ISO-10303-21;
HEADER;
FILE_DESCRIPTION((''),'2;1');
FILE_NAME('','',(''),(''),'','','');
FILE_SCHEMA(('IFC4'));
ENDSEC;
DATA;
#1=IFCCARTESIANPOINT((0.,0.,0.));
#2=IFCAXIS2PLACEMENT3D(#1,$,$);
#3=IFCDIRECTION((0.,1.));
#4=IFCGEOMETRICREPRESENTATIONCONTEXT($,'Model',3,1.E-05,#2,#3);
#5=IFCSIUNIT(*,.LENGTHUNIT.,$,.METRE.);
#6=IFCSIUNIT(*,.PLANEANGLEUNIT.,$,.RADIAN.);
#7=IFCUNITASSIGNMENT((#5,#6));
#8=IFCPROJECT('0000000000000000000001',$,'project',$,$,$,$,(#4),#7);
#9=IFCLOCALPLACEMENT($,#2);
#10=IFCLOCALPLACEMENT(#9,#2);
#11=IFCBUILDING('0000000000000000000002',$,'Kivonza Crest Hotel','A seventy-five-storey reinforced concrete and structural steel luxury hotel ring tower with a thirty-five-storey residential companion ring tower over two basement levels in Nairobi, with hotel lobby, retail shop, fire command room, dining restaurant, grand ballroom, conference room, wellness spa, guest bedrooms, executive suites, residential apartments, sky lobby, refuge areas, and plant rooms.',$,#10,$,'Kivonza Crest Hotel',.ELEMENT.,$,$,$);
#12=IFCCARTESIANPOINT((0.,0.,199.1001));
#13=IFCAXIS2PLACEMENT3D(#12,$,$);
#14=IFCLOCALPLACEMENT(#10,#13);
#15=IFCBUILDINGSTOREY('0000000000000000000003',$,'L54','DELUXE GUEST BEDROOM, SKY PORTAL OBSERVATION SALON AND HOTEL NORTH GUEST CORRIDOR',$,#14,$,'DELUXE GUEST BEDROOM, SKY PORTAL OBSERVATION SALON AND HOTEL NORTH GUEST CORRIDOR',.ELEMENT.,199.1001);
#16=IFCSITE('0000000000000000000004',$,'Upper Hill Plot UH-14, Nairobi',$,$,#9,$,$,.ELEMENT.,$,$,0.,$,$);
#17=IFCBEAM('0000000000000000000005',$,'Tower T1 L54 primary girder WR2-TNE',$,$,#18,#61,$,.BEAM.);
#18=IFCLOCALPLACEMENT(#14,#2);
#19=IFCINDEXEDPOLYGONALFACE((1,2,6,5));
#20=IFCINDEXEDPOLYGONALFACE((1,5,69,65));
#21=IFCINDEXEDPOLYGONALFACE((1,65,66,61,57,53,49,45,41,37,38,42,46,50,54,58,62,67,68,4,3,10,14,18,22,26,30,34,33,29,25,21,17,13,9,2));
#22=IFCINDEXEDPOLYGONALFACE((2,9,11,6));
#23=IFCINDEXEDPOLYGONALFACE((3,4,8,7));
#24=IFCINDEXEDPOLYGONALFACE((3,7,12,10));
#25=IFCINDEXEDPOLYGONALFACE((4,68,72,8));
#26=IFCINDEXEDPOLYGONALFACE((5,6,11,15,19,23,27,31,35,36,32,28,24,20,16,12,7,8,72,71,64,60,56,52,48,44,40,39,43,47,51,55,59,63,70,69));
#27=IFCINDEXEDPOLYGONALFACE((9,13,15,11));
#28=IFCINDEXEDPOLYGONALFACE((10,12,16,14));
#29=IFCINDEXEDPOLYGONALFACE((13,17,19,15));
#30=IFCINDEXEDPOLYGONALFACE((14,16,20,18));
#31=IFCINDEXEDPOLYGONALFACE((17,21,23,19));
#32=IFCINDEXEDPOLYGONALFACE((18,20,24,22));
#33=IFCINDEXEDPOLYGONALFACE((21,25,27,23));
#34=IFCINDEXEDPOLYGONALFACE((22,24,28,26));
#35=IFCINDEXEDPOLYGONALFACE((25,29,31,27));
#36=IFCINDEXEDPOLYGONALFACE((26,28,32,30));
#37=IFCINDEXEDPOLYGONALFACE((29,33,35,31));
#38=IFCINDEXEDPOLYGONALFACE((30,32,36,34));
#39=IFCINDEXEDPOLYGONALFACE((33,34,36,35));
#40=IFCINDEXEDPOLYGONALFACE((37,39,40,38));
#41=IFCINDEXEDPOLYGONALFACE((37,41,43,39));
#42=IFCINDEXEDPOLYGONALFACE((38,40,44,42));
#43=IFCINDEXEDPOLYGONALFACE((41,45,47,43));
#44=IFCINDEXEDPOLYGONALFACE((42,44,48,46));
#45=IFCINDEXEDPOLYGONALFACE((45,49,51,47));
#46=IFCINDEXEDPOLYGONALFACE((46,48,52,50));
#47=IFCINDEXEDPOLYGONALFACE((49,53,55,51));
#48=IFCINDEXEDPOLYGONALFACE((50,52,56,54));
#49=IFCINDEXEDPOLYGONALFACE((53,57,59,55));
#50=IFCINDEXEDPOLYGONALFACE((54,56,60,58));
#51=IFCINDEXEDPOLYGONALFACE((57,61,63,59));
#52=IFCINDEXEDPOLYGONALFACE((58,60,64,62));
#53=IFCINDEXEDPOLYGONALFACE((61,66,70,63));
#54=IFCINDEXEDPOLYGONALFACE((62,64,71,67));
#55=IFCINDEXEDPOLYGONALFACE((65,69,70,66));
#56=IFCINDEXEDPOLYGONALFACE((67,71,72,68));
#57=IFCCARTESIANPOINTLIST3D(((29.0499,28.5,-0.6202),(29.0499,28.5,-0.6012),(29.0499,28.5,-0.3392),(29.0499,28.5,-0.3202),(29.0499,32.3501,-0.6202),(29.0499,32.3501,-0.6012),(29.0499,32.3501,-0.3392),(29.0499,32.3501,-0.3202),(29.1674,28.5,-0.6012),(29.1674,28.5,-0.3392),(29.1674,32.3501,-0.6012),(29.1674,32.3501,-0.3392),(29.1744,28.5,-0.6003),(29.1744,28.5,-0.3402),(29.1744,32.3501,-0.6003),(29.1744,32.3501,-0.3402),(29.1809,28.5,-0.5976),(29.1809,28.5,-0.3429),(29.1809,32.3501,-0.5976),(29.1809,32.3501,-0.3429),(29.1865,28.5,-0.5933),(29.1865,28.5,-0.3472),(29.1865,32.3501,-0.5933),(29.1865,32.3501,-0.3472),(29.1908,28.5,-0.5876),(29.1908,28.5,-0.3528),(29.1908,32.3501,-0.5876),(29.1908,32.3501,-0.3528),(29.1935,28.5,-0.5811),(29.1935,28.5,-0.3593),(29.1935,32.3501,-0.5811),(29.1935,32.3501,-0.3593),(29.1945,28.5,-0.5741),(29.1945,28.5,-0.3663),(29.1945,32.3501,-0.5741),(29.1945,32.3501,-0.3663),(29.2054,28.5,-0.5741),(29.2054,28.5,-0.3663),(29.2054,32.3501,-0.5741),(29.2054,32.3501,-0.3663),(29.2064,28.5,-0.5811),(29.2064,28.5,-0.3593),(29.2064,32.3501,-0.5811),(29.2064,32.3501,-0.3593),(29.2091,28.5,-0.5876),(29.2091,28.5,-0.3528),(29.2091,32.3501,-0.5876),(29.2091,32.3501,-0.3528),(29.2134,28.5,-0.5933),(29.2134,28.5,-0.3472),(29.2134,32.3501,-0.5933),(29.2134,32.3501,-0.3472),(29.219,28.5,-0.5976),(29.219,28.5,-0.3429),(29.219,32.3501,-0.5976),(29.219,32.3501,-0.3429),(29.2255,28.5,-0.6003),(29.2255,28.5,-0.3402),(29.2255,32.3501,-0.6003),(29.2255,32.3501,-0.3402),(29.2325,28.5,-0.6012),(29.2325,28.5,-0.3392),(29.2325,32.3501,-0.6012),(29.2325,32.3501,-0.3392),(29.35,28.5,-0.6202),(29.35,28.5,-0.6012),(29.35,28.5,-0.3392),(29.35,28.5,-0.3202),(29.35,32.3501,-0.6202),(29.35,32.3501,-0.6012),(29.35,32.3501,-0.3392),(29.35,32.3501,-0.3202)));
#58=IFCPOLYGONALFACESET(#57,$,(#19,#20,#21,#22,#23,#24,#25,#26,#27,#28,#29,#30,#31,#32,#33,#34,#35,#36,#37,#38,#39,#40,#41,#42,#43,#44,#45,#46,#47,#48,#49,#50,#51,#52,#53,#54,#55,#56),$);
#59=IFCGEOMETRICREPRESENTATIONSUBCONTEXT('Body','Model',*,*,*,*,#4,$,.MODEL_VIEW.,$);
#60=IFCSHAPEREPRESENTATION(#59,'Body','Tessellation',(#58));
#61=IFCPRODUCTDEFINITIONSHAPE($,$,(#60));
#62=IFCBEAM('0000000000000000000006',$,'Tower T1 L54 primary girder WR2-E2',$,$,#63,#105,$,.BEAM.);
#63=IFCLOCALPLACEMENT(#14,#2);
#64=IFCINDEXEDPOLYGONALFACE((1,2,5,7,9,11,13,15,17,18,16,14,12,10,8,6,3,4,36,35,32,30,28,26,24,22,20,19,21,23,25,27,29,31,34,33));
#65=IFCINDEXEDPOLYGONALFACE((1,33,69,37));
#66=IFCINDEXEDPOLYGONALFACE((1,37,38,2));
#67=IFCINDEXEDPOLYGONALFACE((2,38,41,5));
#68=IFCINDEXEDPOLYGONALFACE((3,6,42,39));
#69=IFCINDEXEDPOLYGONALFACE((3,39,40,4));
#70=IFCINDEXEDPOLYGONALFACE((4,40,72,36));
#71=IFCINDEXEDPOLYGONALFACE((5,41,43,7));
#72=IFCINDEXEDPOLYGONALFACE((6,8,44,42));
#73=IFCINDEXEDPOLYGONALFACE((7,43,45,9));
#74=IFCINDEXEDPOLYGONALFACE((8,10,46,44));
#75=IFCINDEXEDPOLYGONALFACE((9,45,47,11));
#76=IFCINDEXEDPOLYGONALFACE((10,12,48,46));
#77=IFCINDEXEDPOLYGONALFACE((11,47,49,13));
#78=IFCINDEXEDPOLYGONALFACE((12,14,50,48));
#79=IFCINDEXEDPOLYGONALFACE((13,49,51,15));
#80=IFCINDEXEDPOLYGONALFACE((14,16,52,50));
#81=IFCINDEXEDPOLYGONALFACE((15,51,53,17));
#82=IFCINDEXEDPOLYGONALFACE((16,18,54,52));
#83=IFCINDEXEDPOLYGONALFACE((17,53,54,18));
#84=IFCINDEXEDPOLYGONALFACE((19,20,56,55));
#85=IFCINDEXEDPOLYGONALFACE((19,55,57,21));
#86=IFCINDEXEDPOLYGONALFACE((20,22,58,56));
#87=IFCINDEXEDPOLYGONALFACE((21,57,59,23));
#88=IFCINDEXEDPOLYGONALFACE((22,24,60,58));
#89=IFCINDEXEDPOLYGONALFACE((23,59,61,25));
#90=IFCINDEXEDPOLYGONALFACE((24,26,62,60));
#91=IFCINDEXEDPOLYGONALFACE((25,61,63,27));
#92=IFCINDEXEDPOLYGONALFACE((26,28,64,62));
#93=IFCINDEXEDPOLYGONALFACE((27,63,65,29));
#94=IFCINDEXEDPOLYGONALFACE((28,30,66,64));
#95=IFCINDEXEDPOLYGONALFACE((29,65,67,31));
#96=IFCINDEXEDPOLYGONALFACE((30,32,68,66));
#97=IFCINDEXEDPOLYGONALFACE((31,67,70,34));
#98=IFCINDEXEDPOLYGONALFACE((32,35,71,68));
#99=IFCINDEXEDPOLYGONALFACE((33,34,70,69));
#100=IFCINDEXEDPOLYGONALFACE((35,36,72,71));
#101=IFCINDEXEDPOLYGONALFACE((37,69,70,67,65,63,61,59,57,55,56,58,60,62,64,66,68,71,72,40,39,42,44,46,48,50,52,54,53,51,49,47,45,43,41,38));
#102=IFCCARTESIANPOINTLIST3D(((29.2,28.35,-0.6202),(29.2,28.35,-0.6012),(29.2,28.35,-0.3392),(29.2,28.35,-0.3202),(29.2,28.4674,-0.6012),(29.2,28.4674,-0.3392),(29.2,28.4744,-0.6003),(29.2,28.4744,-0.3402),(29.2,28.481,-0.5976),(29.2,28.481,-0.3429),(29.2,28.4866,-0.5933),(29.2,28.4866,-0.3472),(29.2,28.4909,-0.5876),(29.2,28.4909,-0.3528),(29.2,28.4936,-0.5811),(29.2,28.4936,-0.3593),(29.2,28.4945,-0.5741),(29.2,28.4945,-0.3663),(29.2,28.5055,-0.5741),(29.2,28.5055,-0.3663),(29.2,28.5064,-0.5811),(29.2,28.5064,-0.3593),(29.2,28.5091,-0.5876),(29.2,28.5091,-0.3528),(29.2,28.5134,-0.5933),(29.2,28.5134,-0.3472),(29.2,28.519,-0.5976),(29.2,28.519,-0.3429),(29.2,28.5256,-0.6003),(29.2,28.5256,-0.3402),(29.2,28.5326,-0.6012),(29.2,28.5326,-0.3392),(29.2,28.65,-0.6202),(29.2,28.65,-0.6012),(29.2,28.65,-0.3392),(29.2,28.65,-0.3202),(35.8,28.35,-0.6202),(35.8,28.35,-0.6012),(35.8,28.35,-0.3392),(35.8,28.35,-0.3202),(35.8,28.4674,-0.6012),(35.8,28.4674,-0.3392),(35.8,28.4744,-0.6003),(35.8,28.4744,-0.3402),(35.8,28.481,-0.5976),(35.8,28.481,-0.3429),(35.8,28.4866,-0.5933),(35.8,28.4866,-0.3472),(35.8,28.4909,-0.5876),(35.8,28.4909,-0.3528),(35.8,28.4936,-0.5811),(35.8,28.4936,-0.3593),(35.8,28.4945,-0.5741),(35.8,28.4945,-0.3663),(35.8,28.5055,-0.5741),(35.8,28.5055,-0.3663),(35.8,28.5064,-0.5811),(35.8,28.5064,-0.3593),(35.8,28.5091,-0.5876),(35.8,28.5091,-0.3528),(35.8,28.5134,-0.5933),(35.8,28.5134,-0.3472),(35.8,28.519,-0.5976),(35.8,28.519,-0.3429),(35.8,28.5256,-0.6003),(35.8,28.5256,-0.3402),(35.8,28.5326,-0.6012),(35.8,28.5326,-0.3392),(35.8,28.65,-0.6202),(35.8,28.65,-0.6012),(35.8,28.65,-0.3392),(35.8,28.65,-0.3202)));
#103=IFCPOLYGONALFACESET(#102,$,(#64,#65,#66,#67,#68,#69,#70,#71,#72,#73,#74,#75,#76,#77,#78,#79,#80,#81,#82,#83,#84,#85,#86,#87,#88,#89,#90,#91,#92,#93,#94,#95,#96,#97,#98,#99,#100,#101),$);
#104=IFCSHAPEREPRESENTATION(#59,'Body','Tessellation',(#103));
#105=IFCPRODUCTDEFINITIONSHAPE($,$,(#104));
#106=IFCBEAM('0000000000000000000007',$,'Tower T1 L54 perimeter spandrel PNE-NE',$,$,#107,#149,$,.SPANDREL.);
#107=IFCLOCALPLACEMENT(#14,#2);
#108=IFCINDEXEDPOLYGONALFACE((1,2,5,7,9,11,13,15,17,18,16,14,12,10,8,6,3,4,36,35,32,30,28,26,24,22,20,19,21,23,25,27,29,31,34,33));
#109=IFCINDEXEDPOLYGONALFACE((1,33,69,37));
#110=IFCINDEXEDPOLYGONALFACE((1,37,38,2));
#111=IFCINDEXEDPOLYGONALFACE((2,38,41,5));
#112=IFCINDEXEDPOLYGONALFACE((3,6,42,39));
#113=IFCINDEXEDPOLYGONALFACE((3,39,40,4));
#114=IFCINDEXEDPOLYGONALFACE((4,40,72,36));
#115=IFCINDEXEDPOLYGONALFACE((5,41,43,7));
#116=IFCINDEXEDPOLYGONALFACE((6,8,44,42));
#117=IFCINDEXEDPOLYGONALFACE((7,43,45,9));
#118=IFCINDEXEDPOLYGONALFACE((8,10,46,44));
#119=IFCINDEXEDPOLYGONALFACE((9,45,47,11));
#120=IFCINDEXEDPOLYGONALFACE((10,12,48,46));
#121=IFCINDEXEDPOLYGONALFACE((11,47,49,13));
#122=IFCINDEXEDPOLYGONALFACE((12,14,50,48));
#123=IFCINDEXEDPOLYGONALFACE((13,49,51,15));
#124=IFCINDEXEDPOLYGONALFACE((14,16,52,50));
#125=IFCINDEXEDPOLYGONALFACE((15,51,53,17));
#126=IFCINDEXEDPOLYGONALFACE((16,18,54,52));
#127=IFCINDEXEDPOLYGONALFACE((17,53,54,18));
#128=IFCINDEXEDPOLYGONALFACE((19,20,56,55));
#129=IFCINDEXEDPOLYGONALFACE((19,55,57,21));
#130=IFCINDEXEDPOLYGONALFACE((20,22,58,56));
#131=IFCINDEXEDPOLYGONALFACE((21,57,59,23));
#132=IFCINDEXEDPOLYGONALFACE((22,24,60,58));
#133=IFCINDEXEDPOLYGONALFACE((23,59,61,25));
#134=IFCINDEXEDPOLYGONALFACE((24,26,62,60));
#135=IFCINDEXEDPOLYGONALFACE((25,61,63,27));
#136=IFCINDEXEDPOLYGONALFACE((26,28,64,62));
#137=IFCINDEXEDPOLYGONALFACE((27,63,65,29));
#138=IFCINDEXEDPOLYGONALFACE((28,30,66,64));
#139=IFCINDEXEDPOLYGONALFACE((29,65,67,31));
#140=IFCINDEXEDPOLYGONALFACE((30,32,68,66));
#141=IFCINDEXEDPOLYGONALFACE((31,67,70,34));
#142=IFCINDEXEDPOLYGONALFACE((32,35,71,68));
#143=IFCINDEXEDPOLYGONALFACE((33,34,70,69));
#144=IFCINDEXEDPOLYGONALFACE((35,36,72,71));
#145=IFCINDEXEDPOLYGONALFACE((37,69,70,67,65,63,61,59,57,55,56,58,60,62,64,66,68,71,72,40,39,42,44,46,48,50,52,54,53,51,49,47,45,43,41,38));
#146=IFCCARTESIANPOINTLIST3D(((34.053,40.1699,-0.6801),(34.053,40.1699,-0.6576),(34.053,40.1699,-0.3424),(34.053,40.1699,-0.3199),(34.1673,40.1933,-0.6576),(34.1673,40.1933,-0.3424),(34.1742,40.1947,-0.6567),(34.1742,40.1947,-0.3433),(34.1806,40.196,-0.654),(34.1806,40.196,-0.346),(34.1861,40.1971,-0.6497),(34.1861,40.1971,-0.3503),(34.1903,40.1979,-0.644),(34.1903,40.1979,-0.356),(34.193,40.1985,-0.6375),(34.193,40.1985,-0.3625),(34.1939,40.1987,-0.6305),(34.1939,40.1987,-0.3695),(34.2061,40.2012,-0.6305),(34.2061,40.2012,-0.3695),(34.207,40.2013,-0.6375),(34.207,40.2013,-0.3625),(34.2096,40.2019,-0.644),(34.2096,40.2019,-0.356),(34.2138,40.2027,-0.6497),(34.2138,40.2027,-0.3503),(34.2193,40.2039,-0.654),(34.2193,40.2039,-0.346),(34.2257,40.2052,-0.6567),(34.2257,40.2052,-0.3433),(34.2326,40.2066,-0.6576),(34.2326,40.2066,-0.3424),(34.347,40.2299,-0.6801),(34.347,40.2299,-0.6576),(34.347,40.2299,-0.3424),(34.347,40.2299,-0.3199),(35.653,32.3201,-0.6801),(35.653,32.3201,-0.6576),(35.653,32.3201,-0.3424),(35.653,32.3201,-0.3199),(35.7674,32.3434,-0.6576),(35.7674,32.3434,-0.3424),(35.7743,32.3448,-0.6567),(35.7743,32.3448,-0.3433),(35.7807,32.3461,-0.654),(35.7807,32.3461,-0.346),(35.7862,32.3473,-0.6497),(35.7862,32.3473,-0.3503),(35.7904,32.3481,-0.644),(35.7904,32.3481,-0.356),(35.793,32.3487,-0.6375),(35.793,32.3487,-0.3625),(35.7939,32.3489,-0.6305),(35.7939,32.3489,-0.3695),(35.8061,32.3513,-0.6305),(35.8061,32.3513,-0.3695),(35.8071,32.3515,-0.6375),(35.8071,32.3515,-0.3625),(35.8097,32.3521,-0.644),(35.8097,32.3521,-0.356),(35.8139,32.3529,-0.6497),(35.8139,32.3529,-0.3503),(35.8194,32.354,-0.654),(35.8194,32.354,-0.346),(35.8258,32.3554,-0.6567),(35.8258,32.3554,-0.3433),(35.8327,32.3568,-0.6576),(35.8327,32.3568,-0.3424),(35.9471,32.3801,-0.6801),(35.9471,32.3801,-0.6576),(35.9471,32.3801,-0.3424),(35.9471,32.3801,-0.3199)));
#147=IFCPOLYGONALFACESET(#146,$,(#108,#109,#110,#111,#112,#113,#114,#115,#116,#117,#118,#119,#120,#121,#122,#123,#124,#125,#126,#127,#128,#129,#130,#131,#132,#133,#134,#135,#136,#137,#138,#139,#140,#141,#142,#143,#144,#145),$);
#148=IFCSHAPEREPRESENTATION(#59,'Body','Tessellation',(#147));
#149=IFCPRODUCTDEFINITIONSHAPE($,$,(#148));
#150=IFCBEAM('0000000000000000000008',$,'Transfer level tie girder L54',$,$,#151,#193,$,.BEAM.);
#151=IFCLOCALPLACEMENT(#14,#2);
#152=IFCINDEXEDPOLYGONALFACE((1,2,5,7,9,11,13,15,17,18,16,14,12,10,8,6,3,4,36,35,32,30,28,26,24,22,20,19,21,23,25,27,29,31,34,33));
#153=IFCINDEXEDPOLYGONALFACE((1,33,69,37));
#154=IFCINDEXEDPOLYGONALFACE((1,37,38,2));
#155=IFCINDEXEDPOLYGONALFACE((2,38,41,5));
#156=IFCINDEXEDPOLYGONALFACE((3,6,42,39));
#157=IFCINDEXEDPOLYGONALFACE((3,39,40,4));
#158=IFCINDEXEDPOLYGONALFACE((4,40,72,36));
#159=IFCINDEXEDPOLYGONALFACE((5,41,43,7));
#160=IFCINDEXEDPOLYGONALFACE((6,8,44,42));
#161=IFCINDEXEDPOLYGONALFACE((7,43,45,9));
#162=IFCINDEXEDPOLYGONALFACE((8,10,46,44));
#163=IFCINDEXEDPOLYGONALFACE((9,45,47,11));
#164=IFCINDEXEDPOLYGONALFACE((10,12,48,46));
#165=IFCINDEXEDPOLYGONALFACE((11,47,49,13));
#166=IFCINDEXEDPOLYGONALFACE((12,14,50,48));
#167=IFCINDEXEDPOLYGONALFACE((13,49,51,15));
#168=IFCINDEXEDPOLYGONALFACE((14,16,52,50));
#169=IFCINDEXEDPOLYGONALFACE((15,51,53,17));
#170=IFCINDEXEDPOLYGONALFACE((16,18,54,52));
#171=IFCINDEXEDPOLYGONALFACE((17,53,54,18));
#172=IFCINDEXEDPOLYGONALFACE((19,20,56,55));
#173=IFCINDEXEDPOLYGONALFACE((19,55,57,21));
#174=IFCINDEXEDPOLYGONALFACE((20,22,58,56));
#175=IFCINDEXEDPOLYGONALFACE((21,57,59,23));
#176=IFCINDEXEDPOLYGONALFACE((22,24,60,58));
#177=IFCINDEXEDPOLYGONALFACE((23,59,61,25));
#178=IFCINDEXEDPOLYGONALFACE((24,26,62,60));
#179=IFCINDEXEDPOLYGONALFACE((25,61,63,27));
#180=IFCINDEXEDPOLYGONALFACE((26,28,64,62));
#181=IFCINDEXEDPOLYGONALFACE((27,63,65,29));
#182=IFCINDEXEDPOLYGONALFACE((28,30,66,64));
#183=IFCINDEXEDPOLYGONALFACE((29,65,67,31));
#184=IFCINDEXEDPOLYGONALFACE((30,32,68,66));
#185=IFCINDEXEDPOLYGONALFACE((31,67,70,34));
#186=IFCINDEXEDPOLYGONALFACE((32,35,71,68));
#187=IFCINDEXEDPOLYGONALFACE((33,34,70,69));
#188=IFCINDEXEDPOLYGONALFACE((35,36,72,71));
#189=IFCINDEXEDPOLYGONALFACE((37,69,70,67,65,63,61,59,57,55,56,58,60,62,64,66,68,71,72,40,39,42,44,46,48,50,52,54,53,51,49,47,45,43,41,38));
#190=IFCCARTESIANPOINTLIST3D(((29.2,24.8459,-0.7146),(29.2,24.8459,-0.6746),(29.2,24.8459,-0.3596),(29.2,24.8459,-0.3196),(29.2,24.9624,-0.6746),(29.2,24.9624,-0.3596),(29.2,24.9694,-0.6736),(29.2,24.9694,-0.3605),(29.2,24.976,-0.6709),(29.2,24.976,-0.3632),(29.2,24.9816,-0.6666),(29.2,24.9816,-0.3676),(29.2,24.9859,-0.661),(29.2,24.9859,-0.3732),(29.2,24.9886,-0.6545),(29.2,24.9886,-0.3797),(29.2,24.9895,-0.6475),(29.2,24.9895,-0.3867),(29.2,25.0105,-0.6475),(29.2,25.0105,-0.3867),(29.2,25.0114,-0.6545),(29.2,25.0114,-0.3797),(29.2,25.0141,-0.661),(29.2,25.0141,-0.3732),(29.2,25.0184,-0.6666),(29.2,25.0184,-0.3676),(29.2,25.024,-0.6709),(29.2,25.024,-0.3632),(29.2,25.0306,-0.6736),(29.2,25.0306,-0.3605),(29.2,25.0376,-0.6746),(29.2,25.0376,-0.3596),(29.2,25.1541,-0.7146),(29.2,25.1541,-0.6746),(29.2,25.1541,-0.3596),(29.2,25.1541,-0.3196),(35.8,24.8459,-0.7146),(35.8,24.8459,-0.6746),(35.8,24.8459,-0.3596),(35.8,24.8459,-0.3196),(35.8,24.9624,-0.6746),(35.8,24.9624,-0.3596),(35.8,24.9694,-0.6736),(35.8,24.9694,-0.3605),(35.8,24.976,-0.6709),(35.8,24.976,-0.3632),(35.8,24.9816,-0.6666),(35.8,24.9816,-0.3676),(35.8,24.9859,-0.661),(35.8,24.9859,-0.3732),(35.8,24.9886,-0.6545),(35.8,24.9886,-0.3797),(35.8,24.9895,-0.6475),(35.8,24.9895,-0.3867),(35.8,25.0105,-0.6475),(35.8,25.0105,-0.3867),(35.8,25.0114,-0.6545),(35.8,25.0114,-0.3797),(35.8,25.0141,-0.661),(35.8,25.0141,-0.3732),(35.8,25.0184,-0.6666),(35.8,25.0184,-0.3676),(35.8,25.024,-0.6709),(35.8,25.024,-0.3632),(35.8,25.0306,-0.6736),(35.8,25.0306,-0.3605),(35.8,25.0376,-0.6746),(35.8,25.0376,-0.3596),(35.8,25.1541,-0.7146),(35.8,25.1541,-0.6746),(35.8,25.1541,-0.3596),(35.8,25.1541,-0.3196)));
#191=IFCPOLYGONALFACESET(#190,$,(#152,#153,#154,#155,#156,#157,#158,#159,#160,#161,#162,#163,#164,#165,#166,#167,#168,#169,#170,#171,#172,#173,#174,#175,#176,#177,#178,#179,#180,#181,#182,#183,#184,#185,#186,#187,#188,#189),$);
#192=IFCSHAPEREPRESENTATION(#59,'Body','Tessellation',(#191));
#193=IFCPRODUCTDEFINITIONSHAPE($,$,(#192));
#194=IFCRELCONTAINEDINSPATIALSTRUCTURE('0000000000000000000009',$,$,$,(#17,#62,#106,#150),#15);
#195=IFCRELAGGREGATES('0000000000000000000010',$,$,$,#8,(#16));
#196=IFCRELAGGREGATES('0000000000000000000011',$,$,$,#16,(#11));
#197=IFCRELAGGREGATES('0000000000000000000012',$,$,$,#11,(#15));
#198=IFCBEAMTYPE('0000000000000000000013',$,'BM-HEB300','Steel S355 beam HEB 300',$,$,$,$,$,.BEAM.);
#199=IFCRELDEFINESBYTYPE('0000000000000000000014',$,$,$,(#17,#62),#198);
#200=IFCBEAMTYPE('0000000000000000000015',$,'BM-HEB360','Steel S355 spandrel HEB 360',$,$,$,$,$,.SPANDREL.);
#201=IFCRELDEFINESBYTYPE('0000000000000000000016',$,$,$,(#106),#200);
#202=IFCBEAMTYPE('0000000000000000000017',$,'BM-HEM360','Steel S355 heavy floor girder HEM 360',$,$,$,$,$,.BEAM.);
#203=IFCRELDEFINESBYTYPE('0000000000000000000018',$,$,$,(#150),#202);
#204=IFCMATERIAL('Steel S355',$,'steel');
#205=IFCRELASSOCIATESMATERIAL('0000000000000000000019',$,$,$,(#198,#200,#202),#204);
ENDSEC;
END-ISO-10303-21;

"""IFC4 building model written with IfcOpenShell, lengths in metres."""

from ifc_helpers import new_model, si_unit, direction, frame, origin, origin_2d, place, context, subcontext, project, spatial, i_section, extrude, material, material_profile, profile_set, type_object, element, save


model = new_model("IFC4")

# Units and contexts
model_context = context("Model", 3, precision=1e-05, world=origin(), true_north=direction((0.0, 1.0)))
body_context = subcontext(model_context, "Body", "Model", "MODEL_VIEW")
ifc_project = project(units=[si_unit("LENGTHUNIT", "METRE"), si_unit("PLANEANGLEUNIT", "RADIAN")], contexts=[model_context])

# Site, building, storey
site_placement = place(None, origin())
site = spatial("IfcSite", under=ifc_project, at=site_placement, Name="Upper Hill Plot UH-14, Nairobi", CompositionType="ELEMENT", RefElevation=0.0)
building_placement = place(site_placement, origin())
building = spatial("IfcBuilding", under=site, at=building_placement, Name="Kivonza Crest Hotel", Description="A seventy-five-storey reinforced concrete and structural steel luxury hotel ring tower with a thirty-five-storey residential companion ring tower over two basement levels in Nairobi, with hotel lobby, retail shop, fire command room, dining restaurant, grand ballroom, conference room, wellness spa, guest bedrooms, executive suites, residential apartments, sky lobby, refuge areas, and plant rooms.", LongName="Kivonza Crest Hotel", CompositionType="ELEMENT")
storey_placement = place(building_placement, frame((0.0, 0.0, 199.1001)))
storey = spatial("IfcBuildingStorey", under=building, at=storey_placement, Name="L54", Description="DELUXE GUEST BEDROOM, SKY PORTAL OBSERVATION SALON AND HOTEL NORTH GUEST CORRIDOR", LongName="DELUXE GUEST BEDROOM, SKY PORTAL OBSERVATION SALON AND HOTEL NORTH GUEST CORRIDOR", CompositionType="ELEMENT", Elevation=199.1001)

# Shared definitions
ifc_material_1 = material(Name="Steel S355", Category="steel")

# Beams
ifc_material_profile_1 = material_profile(ifc_material_1, i_section(OverallWidth=0.3, OverallDepth=0.3, WebThickness=0.011, FlangeThickness=0.019, FilletRadius=0.0271, at=origin_2d()), Name="HEB 300")
ifc_profile_set_1 = profile_set([ifc_material_profile_1], Name="Steel S355")
beam_type_1 = type_object("IfcBeamType", Name="BM-HEB300", Description="Steel S355 beam HEB 300", PredefinedType="BEAM", material=ifc_profile_set_1)
beam_1_placement = place(storey_placement, frame((29.2, 28.5, -0.4702), z_axis=(0.0, 1.0, 0.0), x_axis=(-1.0, 0.0, 0.0)))
element("IfcBeam", 1, at=beam_1_placement, inside=storey, type_object=beam_type_1, Name="Tower T1 L54 primary girder WR2-TNE", PredefinedType="BEAM", context=body_context, shape_type="SweptSolid", body=[
    extrude(i_section(OverallWidth=0.3, OverallDepth=0.3, WebThickness=0.011, FlangeThickness=0.019, FilletRadius=0.0271, at=origin_2d()), origin(), (0.0, 0.0, 1.0), 3.8501),
])
beam_2_placement = place(storey_placement, frame((29.2, 28.5, -0.4702), z_axis=(1.0, 0.0, 0.0), x_axis=(0.0, 1.0, 0.0)))
element("IfcBeam", 2, at=beam_2_placement, inside=storey, type_object=beam_type_1, Name="Tower T1 L54 primary girder WR2-E2", PredefinedType="BEAM", context=body_context, shape_type="SweptSolid", body=[
    extrude(i_section(OverallWidth=0.3, OverallDepth=0.3, WebThickness=0.011, FlangeThickness=0.019, FilletRadius=0.0271, at=origin_2d()), origin(), (0.0, 0.0, 1.0), 6.6001),
])
ifc_material_profile_2 = material_profile(ifc_material_1, i_section(OverallWidth=0.3, OverallDepth=0.3601, WebThickness=0.0125, FlangeThickness=0.0225, FilletRadius=0.0271, at=origin_2d()), Name="HEB 360")
ifc_profile_set_2 = profile_set([ifc_material_profile_2], Name="Steel S355")
beam_type_2 = type_object("IfcBeamType", Name="BM-HEB360", Description="Steel S355 spandrel HEB 360", PredefinedType="SPANDREL", material=ifc_profile_set_2)
beam_3_placement = place(storey_placement, frame((35.8, 32.3501, -0.5), z_axis=(-0.199731, 0.979851, 0.0), x_axis=(-0.979851, -0.199731, 0.0)))
element("IfcBeam", 3, at=beam_3_placement, inside=storey, type_object=beam_type_2, Name="Tower T1 L54 perimeter spandrel PNE-NE", PredefinedType="SPANDREL", context=body_context, shape_type="SweptSolid", body=[
    extrude(i_section(OverallWidth=0.3, OverallDepth=0.3601, WebThickness=0.0125, FlangeThickness=0.0225, FilletRadius=0.0271, at=origin_2d()), origin(), (0.0, 0.0, 1.0), 8.0112),
])
ifc_material_profile_3 = material_profile(ifc_material_1, i_section(OverallWidth=0.3081, OverallDepth=0.395, WebThickness=0.021, FlangeThickness=0.04, FilletRadius=0.0271, at=origin_2d()), Name="HEM 360")
ifc_profile_set_3 = profile_set([ifc_material_profile_3], Name="Steel S355")
beam_type_3 = type_object("IfcBeamType", Name="BM-HEM360", Description="Steel S355 heavy floor girder HEM 360", PredefinedType="BEAM", material=ifc_profile_set_3)
beam_4_placement = place(storey_placement, frame((29.2, 25.0, -0.5171), z_axis=(1.0, 0.0, 0.0), x_axis=(0.0, 1.0, 0.0)))
element("IfcBeam", 4, at=beam_4_placement, inside=storey, type_object=beam_type_3, Name="Transfer level tie girder L54", PredefinedType="BEAM", context=body_context, shape_type="SweptSolid", body=[
    extrude(i_section(OverallWidth=0.3081, OverallDepth=0.395, WebThickness=0.021, FlangeThickness=0.04, FilletRadius=0.0271, at=origin_2d()), origin(), (0.0, 0.0, 1.0), 6.6001),
])

save(model, "model.ifc")
